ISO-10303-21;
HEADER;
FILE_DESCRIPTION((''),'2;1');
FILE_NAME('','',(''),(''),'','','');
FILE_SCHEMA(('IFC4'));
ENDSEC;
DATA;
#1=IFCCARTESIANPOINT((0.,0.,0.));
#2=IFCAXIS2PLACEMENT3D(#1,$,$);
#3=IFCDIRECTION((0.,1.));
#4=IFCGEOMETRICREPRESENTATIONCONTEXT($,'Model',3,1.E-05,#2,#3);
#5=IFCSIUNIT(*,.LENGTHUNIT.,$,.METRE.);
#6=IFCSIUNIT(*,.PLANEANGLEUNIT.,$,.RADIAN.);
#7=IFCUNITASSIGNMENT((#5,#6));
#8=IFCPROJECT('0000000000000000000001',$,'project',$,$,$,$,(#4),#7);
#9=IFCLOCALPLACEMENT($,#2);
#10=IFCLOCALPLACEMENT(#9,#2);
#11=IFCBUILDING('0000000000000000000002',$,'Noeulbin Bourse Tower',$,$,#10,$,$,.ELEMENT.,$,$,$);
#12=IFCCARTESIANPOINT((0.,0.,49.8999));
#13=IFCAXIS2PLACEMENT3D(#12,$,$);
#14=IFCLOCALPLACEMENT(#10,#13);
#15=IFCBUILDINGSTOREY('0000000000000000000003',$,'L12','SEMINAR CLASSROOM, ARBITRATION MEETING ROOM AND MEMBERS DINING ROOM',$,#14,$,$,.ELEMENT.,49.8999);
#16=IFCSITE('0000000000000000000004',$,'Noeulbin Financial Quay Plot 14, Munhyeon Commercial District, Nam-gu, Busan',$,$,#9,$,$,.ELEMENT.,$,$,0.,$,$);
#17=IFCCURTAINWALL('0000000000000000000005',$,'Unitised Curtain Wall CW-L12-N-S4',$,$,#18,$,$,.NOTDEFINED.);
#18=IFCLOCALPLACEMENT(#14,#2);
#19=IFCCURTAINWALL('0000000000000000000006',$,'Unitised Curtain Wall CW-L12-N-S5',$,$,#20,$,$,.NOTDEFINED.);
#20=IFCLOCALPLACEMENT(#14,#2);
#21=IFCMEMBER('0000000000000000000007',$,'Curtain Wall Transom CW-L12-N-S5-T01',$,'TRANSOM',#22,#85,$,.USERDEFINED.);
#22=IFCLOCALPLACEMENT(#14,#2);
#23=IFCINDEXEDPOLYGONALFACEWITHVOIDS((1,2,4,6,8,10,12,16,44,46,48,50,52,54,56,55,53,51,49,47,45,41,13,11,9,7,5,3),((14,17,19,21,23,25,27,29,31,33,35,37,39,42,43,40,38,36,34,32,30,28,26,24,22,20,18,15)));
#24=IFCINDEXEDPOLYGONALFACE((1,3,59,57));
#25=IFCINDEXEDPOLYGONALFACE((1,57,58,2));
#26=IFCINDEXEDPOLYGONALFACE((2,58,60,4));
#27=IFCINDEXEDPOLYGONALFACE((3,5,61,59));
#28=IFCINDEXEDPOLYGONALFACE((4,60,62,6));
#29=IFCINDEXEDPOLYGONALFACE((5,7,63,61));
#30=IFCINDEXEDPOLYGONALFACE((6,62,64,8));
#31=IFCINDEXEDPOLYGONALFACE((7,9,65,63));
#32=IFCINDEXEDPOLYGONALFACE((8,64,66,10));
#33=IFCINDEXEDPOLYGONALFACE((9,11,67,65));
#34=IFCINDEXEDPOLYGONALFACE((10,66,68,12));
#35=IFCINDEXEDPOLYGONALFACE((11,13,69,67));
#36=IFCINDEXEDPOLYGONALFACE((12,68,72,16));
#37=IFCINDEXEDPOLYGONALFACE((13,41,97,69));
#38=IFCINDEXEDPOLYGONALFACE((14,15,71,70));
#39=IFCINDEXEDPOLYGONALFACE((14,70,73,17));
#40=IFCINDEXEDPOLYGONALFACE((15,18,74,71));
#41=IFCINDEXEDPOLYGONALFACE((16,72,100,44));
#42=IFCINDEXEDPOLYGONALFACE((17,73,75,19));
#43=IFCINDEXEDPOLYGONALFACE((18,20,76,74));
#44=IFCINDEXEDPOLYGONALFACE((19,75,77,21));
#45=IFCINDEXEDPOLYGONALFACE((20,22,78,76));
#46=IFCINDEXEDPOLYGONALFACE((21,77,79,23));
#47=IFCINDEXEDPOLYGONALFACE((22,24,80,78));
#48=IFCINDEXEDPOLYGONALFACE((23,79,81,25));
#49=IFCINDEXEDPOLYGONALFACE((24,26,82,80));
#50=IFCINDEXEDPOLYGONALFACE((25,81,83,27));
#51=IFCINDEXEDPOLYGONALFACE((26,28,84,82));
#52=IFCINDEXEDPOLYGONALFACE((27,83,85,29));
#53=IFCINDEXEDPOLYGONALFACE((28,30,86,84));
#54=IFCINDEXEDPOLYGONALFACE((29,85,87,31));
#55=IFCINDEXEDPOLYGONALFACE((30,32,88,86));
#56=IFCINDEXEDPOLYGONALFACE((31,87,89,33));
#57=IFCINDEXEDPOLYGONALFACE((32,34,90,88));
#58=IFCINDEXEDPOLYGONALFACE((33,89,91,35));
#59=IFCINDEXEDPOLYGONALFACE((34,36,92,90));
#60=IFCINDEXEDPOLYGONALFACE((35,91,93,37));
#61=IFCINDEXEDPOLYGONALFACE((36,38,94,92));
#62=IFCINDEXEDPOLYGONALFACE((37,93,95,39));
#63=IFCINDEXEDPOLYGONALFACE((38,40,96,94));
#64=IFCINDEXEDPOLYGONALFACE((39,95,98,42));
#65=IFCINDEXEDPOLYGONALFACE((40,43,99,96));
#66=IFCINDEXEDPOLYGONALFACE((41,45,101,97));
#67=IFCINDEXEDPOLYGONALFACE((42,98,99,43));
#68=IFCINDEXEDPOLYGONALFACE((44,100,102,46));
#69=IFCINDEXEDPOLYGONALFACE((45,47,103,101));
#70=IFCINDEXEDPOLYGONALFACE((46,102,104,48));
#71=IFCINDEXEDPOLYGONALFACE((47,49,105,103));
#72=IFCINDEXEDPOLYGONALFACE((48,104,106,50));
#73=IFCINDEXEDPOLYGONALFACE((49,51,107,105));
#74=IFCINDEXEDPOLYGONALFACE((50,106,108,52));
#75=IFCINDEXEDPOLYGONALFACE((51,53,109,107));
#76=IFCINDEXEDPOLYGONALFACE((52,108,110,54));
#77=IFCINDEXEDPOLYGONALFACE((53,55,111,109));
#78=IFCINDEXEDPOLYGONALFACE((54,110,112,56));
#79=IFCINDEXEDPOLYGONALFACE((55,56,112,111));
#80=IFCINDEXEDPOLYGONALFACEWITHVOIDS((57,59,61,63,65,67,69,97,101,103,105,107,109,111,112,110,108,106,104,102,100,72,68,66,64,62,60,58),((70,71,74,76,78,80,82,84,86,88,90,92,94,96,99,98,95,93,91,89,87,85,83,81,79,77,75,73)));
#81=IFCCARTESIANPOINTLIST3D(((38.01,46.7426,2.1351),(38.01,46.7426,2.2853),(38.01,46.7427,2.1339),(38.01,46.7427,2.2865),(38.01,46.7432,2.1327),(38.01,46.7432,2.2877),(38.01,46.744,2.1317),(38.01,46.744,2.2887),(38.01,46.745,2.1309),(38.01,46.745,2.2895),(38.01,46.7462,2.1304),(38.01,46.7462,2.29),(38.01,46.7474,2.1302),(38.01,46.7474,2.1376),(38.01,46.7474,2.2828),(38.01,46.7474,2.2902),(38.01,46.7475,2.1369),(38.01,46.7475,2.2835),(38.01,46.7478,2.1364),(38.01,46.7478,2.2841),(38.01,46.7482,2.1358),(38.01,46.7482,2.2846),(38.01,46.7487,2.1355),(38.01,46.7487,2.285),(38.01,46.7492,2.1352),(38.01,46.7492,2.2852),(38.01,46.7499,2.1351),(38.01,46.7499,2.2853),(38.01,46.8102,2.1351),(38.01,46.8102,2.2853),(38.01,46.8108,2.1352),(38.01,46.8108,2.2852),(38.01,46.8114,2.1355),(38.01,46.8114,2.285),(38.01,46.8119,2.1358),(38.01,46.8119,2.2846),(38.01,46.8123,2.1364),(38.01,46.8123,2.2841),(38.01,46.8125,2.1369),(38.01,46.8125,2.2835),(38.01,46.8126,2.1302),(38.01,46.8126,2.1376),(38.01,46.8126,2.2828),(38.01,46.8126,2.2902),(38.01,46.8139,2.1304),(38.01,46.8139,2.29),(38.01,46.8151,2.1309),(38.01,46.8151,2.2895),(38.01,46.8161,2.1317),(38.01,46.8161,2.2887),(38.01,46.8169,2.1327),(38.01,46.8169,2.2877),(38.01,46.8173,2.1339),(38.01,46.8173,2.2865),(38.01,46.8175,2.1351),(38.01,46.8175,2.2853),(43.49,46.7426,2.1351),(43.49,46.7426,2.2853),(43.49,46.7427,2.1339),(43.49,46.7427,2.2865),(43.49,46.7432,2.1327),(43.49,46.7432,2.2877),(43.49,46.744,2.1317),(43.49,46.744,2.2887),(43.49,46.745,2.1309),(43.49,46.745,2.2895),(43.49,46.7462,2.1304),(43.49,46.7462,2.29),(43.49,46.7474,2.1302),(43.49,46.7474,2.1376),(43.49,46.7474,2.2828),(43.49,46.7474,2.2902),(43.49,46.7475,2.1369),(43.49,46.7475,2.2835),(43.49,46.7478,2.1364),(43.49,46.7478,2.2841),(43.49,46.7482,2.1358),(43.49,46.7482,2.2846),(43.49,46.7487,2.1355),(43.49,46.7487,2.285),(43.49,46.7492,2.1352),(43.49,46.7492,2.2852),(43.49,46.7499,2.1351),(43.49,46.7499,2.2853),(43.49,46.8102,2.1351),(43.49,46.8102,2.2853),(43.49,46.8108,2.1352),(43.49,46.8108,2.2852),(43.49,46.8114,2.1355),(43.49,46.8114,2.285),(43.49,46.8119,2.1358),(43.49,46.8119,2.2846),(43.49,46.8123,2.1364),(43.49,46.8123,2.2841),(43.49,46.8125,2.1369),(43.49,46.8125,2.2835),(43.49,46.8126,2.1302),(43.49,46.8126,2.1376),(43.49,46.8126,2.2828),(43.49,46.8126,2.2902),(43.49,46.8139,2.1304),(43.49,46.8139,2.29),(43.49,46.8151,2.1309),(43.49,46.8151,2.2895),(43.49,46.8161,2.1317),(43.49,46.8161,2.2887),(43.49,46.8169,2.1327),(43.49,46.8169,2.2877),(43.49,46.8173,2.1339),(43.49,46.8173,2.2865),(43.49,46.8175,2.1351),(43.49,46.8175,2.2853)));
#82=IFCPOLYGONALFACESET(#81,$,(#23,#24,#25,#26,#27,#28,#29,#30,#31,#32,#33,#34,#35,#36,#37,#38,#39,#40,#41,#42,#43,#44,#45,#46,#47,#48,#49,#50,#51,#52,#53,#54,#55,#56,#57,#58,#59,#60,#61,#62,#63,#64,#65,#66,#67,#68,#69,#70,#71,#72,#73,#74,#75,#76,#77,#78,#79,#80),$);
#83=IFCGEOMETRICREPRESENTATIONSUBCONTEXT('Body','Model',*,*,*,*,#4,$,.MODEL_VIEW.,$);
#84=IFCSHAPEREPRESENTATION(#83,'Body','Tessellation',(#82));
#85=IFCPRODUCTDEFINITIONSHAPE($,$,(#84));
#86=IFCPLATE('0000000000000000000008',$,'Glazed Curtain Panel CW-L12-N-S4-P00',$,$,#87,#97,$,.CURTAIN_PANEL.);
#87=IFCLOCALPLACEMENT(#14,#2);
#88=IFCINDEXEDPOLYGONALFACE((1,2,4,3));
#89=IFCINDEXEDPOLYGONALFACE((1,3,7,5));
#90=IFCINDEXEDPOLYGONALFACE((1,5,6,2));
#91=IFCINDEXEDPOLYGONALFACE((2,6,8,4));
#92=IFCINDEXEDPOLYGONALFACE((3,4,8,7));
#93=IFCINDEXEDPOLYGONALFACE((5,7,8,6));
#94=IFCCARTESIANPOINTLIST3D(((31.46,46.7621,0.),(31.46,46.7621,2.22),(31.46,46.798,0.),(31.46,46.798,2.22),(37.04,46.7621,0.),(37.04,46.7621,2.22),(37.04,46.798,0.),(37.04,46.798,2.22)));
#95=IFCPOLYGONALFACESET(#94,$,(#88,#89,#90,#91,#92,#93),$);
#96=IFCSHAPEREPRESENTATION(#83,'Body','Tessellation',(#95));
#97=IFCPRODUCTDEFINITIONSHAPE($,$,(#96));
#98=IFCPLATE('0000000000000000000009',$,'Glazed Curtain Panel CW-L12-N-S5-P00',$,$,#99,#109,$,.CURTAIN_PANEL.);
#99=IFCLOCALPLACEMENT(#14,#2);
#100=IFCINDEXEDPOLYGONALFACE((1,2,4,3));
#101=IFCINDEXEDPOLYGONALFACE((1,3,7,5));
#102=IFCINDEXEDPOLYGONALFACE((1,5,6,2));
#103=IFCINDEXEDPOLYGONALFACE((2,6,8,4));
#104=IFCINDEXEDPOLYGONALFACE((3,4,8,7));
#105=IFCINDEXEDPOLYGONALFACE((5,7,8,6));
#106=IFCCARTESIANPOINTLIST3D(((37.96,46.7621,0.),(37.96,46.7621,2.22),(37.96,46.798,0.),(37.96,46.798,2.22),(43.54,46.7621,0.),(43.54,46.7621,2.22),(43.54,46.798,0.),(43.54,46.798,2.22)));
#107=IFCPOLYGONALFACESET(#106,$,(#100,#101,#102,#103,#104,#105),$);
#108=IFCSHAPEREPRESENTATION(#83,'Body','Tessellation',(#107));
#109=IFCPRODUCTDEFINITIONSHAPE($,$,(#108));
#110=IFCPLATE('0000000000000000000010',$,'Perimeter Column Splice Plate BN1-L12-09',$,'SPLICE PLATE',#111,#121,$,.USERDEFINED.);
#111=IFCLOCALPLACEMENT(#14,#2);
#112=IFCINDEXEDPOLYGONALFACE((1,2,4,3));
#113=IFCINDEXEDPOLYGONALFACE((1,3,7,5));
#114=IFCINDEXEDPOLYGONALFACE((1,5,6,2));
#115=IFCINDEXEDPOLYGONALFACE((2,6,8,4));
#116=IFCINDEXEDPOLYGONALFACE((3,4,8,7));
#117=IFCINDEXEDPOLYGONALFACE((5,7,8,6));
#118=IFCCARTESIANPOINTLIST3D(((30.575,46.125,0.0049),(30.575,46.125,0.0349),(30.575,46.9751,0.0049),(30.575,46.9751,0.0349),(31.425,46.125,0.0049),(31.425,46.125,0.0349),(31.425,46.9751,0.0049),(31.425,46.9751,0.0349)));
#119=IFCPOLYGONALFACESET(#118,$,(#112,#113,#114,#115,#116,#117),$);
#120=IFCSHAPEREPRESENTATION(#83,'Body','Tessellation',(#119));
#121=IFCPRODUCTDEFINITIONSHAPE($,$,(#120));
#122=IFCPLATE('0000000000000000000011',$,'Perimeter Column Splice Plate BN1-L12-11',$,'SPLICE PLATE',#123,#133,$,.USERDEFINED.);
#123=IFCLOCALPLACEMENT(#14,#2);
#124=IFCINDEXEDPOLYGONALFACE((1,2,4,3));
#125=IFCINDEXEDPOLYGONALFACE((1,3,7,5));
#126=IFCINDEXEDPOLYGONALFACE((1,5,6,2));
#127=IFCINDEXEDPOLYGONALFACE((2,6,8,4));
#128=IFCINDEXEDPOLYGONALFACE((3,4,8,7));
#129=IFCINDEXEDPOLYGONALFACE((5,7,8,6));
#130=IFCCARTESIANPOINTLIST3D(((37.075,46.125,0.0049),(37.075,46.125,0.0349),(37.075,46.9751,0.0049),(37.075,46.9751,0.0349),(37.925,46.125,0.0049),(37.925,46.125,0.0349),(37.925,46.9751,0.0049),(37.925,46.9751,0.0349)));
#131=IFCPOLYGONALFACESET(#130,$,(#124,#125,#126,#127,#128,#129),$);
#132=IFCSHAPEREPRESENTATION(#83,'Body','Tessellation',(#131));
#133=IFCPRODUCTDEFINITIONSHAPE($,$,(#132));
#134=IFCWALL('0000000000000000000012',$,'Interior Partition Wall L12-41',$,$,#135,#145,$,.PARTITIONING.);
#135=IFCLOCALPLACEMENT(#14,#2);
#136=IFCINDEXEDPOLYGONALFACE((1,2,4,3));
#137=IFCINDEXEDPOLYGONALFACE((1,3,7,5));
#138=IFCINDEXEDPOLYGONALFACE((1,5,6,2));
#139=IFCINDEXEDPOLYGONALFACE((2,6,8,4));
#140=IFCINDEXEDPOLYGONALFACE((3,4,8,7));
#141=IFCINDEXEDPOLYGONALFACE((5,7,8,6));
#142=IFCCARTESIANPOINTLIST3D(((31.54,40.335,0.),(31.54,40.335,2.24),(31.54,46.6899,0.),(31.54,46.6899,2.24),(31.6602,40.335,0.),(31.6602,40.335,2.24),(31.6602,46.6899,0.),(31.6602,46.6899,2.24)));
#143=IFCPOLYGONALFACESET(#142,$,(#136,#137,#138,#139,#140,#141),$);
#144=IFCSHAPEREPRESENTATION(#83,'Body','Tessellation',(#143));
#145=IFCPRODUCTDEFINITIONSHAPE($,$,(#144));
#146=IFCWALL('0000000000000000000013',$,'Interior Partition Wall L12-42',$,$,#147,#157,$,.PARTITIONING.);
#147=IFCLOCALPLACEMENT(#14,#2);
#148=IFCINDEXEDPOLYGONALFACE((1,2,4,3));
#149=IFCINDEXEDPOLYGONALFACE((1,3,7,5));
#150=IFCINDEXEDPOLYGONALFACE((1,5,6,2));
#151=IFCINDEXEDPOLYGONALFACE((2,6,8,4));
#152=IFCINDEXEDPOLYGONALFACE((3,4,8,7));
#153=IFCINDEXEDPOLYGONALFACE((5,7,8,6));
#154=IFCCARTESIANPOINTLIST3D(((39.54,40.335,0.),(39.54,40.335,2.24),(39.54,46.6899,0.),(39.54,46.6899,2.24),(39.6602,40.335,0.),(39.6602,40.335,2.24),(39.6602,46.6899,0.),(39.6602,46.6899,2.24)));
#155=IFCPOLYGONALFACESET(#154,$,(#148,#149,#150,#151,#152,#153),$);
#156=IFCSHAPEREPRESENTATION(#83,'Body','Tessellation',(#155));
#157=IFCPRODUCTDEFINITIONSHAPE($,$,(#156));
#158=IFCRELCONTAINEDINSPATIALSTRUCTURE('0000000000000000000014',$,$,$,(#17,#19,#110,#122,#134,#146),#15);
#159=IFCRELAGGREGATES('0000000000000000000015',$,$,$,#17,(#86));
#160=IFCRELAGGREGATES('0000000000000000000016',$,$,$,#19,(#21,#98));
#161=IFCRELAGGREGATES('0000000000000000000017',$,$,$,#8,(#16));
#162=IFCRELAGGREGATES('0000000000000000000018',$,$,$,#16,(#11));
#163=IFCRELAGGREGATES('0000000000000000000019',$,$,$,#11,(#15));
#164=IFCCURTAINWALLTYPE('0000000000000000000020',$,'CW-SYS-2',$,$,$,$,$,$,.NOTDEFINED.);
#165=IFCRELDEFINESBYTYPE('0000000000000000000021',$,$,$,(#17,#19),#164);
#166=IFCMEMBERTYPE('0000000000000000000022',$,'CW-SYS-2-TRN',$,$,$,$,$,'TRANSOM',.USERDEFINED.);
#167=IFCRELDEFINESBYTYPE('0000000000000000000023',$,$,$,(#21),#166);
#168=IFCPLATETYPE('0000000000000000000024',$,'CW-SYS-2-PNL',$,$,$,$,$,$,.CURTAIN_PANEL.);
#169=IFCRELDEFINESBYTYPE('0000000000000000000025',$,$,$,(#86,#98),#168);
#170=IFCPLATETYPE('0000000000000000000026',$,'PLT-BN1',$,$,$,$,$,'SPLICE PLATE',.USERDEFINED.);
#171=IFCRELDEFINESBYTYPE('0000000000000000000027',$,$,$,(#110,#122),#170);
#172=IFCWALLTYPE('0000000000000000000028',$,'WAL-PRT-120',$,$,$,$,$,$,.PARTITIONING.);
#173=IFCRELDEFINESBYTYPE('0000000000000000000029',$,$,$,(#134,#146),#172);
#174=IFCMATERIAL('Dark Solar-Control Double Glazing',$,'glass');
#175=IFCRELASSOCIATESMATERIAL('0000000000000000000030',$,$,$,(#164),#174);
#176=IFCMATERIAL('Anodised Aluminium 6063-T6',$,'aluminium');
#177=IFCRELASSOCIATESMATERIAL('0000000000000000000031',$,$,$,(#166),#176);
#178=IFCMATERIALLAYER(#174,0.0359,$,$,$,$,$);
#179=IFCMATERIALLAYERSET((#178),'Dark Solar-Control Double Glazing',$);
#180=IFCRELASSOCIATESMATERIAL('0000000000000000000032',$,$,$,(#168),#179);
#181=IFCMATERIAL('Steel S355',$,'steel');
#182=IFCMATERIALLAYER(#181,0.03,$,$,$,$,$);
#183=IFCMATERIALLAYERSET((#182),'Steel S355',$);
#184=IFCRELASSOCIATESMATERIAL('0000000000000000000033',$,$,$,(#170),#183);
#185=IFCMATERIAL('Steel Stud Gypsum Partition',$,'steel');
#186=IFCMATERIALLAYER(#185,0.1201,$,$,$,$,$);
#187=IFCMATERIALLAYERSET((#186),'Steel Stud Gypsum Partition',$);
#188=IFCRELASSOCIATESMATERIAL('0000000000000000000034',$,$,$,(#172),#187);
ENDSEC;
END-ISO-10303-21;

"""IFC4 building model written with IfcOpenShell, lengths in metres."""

from ifc_helpers import new_model, si_unit, direction, frame, frame_2d, origin, origin_2d, place, context, subcontext, project, spatial, rectangle, hollow_rectangle, extrude, material, layer, layer_set, material_profile, profile_set, type_object, element, aggregate, save


model = new_model("IFC4")

# Units and contexts
model_context = context("Model", 3, precision=1e-05, world=origin(), true_north=direction((0.0, 1.0)))
body_context = subcontext(model_context, "Body", "Model", "MODEL_VIEW")
ifc_project = project(units=[si_unit("LENGTHUNIT", "METRE"), si_unit("PLANEANGLEUNIT", "RADIAN")], contexts=[model_context])

# Site, building, storey
site_placement = place(None, origin())
site = spatial("IfcSite", under=ifc_project, at=site_placement, Name="Noeulbin Financial Quay Plot 14, Munhyeon Commercial District, Nam-gu, Busan", CompositionType="ELEMENT", RefElevation=0.0)
building_placement = place(site_placement, origin())
building = spatial("IfcBuilding", under=site, at=building_placement, Name="Noeulbin Bourse Tower", CompositionType="ELEMENT")
storey_placement = place(building_placement, frame((0.0, 0.0, 49.8999)))
storey = spatial("IfcBuildingStorey", under=building, at=storey_placement, Name="L12", Description="SEMINAR CLASSROOM, ARBITRATION MEETING ROOM AND MEMBERS DINING ROOM", CompositionType="ELEMENT", Elevation=49.8999)

# Shared definitions
ifc_material_1 = material(Name="Steel S355", Category="steel")

# Shared definitions
ifc_material_2 = material(Name="Dark Solar-Control Double Glazing", Category="glass")
curtain_wall_type = type_object("IfcCurtainWallType", Name="CW-SYS-2", PredefinedType="NOTDEFINED", material=ifc_material_2)
ifc_material_3 = material(Name="Anodised Aluminium 6063-T6", Category="aluminium")

# Curtain wall
curtain_wall_1_placement = place(storey_placement, origin())
curtain_wall_1 = element("IfcCurtainWall", 1, at=curtain_wall_1_placement, inside=storey, type_object=curtain_wall_type, Name="Unitised Curtain Wall CW-L12-N-S4", PredefinedType="NOTDEFINED")

# Curtain wall
curtain_wall_2_placement = place(storey_placement, origin())
curtain_wall_2 = element("IfcCurtainWall", 2, at=curtain_wall_2_placement, inside=storey, type_object=curtain_wall_type, Name="Unitised Curtain Wall CW-L12-N-S5", PredefinedType="NOTDEFINED")

# Member
ifc_material_profile_1 = material_profile(ifc_material_3, hollow_rectangle(XDim=0.075, YDim=0.1599, WallThickness=0.0049, InnerFilletRadius=0.0024, OuterFilletRadius=0.0049, at=origin_2d()), Name="ALU-TRAN-75x160x5", Category="LoadBearing")
ifc_profile_set_1 = profile_set([ifc_material_profile_1], Name="Anodised Aluminium 6063-T6")
member_type_1 = type_object("IfcMemberType", Name="CW-SYS-2-TRN", ElementType="TRANSOM", PredefinedType="USERDEFINED", material=ifc_profile_set_1)
member_1_placement = place(storey_placement, frame((38.01, 46.78, 2.2102), z_axis=(1.0, 0.0, 0.0), x_axis=(0.0, 1.0, 0.0)))
member_1 = element("IfcMember", 3, at=member_1_placement, type_object=member_type_1, Name="Curtain Wall Transom CW-L12-N-S5-T01", ObjectType="TRANSOM", PredefinedType="USERDEFINED", context=body_context, shape_type="SweptSolid", body=[
    extrude(hollow_rectangle(XDim=0.075, YDim=0.1599, WallThickness=0.0049, InnerFilletRadius=0.0024, OuterFilletRadius=0.0049, at=origin_2d()), origin(), (0.0, 0.0, 1.0), 5.48),
])

# Plates
ifc_layer_1 = layer(ifc_material_2, 0.0359)
ifc_layer_set_1 = layer_set([ifc_layer_1], Name="Dark Solar-Control Double Glazing")
plate_type_1 = type_object("IfcPlateType", Name="CW-SYS-2-PNL", PredefinedType="CURTAIN_PANEL", material=ifc_layer_set_1)
plate_1_placement = place(storey_placement, frame((34.25, 46.78, 0.0), z_axis=(0.0, 0.0, 1.0), x_axis=(1.0, 0.0, 0.0)))
plate_1 = element("IfcPlate", 4, at=plate_1_placement, type_object=plate_type_1, Name="Glazed Curtain Panel CW-L12-N-S4-P00", PredefinedType="CURTAIN_PANEL", context=body_context, shape_type="SweptSolid", body=[
    extrude(rectangle(XDim=5.5801, YDim=0.0359, at=origin_2d()), origin(), (0.0, 0.0, 1.0), 2.22),
])
aggregate(curtain_wall_1, [plate_1])
plate_2_placement = place(storey_placement, frame((40.75, 46.78, 0.0), z_axis=(0.0, 0.0, 1.0), x_axis=(1.0, 0.0, 0.0)))
plate_2 = element("IfcPlate", 5, at=plate_2_placement, type_object=plate_type_1, Name="Glazed Curtain Panel CW-L12-N-S5-P00", PredefinedType="CURTAIN_PANEL", context=body_context, shape_type="SweptSolid", body=[
    extrude(rectangle(XDim=5.5801, YDim=0.0359, at=origin_2d()), origin(), (0.0, 0.0, 1.0), 2.22),
])
aggregate(curtain_wall_2, [member_1, plate_2])

# Plates
ifc_layer_2 = layer(ifc_material_1, 0.03)
ifc_layer_set_2 = layer_set([ifc_layer_2], Name="Steel S355")
plate_type_2 = type_object("IfcPlateType", Name="PLT-BN1", ElementType="SPLICE PLATE", PredefinedType="USERDEFINED", material=ifc_layer_set_2)
for number, where, z_axis, x_axis, name in (
    (6, (31.0, 46.55, 0.0049), (0.0, 0.0, 1.0), (1.0, 0.0, 0.0), "Perimeter Column Splice Plate BN1-L12-09"),
    (7, (37.5, 46.55, 0.0049), (0.0, 0.0, 1.0), (1.0, 0.0, 0.0), "Perimeter Column Splice Plate BN1-L12-11"),
):
    element("IfcPlate", number, at=place(storey_placement, frame(where, z_axis=z_axis, x_axis=x_axis)), inside=storey, type_object=plate_type_2, Name=name, ObjectType="SPLICE PLATE", PredefinedType="USERDEFINED", context=body_context, shape_type="SweptSolid", body=[
        extrude(rectangle(XDim=0.8501, YDim=0.8501, at=origin_2d()), origin(), (0.0, 0.0, 1.0), 0.03),
    ])

# Walls
ifc_material_4 = material(Name="Steel Stud Gypsum Partition", Category="steel")
ifc_layer_3 = layer(ifc_material_4, 0.1201)
ifc_layer_set_3 = layer_set([ifc_layer_3], Name="Steel Stud Gypsum Partition")
wall_type = type_object("IfcWallType", Name="WAL-PRT-120", PredefinedType="PARTITIONING", material=ifc_layer_set_3)
for number, where, z_axis, x_axis, name in (
    (8, (31.6001, 40.335, 0.0), (0.0, 0.0, 1.0), (0.0, 1.0, 0.0), "Interior Partition Wall L12-41"),
    (9, (39.6001, 40.335, 0.0), (0.0, 0.0, 1.0), (0.0, 1.0, 0.0), "Interior Partition Wall L12-42"),
):
    element("IfcWall", number, at=place(storey_placement, frame(where, z_axis=z_axis, x_axis=x_axis)), inside=storey, type_object=wall_type, Name=name, PredefinedType="PARTITIONING", context=body_context, shape_type="SweptSolid", body=[
        extrude(rectangle(XDim=6.355, YDim=0.1201, at=frame_2d((3.1775, 0.0))), origin(), (0.0, 0.0, 1.0), 2.24),
    ])

save(model, "model.ifc")
